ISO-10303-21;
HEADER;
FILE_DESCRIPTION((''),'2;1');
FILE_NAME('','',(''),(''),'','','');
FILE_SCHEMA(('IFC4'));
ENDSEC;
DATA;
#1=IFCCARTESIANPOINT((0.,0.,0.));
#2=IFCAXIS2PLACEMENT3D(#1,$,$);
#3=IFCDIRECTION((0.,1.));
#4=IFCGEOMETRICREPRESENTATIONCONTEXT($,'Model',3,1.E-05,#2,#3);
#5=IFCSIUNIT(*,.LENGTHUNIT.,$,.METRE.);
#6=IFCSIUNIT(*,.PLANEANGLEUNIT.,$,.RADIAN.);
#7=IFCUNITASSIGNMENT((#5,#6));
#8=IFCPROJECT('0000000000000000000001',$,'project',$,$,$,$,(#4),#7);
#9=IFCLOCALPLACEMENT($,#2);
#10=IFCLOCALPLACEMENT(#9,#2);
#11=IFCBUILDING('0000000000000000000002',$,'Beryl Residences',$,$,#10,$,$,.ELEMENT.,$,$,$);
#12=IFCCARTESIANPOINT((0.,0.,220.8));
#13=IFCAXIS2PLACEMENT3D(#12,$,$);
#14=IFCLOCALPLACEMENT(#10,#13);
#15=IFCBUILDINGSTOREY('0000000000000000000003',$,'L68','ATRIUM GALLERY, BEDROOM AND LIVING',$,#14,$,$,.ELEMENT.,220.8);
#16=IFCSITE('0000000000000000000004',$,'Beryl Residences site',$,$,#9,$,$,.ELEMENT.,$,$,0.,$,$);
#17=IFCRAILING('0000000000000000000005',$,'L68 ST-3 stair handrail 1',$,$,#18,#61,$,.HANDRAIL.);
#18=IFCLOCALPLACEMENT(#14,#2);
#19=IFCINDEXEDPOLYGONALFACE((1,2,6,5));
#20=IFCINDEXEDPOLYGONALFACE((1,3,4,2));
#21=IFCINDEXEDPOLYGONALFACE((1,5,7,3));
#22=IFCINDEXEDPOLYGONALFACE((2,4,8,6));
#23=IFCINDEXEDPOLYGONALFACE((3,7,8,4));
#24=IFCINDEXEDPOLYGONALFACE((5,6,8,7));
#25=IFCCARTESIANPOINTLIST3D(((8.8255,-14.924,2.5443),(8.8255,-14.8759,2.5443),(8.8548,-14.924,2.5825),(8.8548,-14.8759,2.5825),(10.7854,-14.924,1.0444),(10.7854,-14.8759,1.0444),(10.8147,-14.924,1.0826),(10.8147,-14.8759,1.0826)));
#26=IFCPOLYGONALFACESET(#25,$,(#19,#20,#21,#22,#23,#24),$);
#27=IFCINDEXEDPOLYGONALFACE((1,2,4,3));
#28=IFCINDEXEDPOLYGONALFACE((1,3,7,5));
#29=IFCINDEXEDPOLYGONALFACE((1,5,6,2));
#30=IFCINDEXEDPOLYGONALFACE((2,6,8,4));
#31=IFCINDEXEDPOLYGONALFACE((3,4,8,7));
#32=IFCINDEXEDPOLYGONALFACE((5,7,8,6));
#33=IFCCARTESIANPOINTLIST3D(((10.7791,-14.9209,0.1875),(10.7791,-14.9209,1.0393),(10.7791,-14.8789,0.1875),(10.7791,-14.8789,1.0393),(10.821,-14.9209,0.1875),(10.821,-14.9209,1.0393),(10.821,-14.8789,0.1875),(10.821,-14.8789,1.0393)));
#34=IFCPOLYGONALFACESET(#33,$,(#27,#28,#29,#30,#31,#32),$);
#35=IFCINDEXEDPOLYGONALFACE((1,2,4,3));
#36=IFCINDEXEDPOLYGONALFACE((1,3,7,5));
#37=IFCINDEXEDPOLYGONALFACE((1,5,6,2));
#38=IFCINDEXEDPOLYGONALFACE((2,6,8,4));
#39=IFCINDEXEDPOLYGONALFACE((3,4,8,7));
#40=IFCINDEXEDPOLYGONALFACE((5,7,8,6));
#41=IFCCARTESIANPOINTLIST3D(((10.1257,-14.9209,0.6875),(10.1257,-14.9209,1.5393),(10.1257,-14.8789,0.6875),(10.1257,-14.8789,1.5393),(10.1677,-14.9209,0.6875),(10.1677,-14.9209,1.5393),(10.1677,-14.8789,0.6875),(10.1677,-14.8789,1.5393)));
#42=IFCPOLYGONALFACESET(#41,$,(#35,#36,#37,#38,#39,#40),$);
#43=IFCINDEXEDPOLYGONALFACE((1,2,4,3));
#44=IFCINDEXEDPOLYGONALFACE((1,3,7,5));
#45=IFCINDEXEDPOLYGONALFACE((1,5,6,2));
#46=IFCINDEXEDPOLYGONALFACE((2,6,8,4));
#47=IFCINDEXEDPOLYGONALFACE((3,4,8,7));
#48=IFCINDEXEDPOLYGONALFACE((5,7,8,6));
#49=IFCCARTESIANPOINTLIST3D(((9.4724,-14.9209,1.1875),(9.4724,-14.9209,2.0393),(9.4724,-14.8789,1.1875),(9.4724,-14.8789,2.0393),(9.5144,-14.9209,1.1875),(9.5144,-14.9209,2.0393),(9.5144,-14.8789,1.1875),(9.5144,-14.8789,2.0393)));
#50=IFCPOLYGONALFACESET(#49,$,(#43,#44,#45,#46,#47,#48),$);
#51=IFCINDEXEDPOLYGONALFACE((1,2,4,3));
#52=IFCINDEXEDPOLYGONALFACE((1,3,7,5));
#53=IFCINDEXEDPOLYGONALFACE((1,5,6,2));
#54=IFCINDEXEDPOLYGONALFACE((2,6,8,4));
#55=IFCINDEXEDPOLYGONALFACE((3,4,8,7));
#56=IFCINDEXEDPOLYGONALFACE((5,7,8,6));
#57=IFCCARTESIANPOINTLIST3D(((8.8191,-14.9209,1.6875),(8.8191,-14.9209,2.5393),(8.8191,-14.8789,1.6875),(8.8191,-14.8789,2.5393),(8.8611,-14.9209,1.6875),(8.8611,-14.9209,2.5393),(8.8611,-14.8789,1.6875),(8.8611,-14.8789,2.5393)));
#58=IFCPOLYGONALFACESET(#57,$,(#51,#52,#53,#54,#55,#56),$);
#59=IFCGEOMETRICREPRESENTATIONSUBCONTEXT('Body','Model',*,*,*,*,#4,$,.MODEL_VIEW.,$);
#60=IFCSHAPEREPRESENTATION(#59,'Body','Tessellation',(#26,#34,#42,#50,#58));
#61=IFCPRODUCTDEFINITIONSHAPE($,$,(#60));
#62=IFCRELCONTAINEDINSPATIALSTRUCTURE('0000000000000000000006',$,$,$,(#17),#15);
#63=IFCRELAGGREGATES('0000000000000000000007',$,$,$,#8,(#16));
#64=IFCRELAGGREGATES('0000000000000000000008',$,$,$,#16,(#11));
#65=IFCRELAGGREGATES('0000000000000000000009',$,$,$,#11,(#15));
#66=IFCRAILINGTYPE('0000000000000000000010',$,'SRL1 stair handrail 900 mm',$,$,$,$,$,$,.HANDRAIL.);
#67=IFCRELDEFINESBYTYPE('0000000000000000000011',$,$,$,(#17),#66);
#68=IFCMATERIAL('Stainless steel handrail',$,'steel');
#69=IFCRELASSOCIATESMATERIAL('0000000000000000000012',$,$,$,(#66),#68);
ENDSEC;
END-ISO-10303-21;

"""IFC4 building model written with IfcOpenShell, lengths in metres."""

from ifc_helpers import new_model, si_unit, direction, frame, origin, origin_2d, place, context, subcontext, project, spatial, rectangle, extrude, material, type_object, element, save


model = new_model("IFC4")

# Units and contexts
model_context = context("Model", 3, precision=1e-05, world=origin(), true_north=direction((0.0, 1.0)))
body_context = subcontext(model_context, "Body", "Model", "MODEL_VIEW")
ifc_project = project(units=[si_unit("LENGTHUNIT", "METRE"), si_unit("PLANEANGLEUNIT", "RADIAN")], contexts=[model_context])

# Site, building, storey
site_placement = place(None, origin())
site = spatial("IfcSite", under=ifc_project, at=site_placement, Name="Beryl Residences site", CompositionType="ELEMENT", RefElevation=0.0)
building_placement = place(site_placement, origin())
building = spatial("IfcBuilding", under=site, at=building_placement, Name="Beryl Residences", CompositionType="ELEMENT")
storey_placement = place(building_placement, frame((0.0, 0.0, 220.8)))
storey = spatial("IfcBuildingStorey", under=building, at=storey_placement, Name="L68", Description="ATRIUM GALLERY, BEDROOM AND LIVING", CompositionType="ELEMENT", Elevation=220.8)

# Railing
ifc_material_1 = material(Name="Stainless steel handrail", Category="steel")
railing_type_1 = type_object("IfcRailingType", Name="SRL1 stair handrail 900 mm", PredefinedType="HANDRAIL", material=ifc_material_1)
railing_1_placement = place(storey_placement, frame((10.8, -14.8999, 0.1875)))
element("IfcRailing", 1, at=railing_1_placement, inside=storey, type_object=railing_type_1, Name="L68 ST-3 stair handrail 1", PredefinedType="HANDRAIL", context=body_context, shape_type="SweptSolid", body=[
    extrude(rectangle(XDim=0.0481, YDim=0.0481, at=origin_2d()), frame((0.0, 0.0, 0.876), z_axis=(-0.794122, 0.0, 0.607758), x_axis=(0.0, -1.0, 0.0)), (0.0, 0.0, 1.0), 2.468),
    extrude(rectangle(XDim=0.042, YDim=0.042, at=origin_2d()), origin(), (0.0, 0.0, 1.0), 0.8518),
    extrude(rectangle(XDim=0.042, YDim=0.042, at=origin_2d()), frame((-0.6533, 0.0, 0.5)), (0.0, 0.0, 1.0), 0.8518),
    extrude(rectangle(XDim=0.042, YDim=0.042, at=origin_2d()), frame((-1.3066, 0.0, 1.0)), (0.0, 0.0, 1.0), 0.8518),
    extrude(rectangle(XDim=0.042, YDim=0.042, at=origin_2d()), frame((-1.96, 0.0, 1.5)), (0.0, 0.0, 1.0), 0.8518),
])

save(model, "model.ifc")
